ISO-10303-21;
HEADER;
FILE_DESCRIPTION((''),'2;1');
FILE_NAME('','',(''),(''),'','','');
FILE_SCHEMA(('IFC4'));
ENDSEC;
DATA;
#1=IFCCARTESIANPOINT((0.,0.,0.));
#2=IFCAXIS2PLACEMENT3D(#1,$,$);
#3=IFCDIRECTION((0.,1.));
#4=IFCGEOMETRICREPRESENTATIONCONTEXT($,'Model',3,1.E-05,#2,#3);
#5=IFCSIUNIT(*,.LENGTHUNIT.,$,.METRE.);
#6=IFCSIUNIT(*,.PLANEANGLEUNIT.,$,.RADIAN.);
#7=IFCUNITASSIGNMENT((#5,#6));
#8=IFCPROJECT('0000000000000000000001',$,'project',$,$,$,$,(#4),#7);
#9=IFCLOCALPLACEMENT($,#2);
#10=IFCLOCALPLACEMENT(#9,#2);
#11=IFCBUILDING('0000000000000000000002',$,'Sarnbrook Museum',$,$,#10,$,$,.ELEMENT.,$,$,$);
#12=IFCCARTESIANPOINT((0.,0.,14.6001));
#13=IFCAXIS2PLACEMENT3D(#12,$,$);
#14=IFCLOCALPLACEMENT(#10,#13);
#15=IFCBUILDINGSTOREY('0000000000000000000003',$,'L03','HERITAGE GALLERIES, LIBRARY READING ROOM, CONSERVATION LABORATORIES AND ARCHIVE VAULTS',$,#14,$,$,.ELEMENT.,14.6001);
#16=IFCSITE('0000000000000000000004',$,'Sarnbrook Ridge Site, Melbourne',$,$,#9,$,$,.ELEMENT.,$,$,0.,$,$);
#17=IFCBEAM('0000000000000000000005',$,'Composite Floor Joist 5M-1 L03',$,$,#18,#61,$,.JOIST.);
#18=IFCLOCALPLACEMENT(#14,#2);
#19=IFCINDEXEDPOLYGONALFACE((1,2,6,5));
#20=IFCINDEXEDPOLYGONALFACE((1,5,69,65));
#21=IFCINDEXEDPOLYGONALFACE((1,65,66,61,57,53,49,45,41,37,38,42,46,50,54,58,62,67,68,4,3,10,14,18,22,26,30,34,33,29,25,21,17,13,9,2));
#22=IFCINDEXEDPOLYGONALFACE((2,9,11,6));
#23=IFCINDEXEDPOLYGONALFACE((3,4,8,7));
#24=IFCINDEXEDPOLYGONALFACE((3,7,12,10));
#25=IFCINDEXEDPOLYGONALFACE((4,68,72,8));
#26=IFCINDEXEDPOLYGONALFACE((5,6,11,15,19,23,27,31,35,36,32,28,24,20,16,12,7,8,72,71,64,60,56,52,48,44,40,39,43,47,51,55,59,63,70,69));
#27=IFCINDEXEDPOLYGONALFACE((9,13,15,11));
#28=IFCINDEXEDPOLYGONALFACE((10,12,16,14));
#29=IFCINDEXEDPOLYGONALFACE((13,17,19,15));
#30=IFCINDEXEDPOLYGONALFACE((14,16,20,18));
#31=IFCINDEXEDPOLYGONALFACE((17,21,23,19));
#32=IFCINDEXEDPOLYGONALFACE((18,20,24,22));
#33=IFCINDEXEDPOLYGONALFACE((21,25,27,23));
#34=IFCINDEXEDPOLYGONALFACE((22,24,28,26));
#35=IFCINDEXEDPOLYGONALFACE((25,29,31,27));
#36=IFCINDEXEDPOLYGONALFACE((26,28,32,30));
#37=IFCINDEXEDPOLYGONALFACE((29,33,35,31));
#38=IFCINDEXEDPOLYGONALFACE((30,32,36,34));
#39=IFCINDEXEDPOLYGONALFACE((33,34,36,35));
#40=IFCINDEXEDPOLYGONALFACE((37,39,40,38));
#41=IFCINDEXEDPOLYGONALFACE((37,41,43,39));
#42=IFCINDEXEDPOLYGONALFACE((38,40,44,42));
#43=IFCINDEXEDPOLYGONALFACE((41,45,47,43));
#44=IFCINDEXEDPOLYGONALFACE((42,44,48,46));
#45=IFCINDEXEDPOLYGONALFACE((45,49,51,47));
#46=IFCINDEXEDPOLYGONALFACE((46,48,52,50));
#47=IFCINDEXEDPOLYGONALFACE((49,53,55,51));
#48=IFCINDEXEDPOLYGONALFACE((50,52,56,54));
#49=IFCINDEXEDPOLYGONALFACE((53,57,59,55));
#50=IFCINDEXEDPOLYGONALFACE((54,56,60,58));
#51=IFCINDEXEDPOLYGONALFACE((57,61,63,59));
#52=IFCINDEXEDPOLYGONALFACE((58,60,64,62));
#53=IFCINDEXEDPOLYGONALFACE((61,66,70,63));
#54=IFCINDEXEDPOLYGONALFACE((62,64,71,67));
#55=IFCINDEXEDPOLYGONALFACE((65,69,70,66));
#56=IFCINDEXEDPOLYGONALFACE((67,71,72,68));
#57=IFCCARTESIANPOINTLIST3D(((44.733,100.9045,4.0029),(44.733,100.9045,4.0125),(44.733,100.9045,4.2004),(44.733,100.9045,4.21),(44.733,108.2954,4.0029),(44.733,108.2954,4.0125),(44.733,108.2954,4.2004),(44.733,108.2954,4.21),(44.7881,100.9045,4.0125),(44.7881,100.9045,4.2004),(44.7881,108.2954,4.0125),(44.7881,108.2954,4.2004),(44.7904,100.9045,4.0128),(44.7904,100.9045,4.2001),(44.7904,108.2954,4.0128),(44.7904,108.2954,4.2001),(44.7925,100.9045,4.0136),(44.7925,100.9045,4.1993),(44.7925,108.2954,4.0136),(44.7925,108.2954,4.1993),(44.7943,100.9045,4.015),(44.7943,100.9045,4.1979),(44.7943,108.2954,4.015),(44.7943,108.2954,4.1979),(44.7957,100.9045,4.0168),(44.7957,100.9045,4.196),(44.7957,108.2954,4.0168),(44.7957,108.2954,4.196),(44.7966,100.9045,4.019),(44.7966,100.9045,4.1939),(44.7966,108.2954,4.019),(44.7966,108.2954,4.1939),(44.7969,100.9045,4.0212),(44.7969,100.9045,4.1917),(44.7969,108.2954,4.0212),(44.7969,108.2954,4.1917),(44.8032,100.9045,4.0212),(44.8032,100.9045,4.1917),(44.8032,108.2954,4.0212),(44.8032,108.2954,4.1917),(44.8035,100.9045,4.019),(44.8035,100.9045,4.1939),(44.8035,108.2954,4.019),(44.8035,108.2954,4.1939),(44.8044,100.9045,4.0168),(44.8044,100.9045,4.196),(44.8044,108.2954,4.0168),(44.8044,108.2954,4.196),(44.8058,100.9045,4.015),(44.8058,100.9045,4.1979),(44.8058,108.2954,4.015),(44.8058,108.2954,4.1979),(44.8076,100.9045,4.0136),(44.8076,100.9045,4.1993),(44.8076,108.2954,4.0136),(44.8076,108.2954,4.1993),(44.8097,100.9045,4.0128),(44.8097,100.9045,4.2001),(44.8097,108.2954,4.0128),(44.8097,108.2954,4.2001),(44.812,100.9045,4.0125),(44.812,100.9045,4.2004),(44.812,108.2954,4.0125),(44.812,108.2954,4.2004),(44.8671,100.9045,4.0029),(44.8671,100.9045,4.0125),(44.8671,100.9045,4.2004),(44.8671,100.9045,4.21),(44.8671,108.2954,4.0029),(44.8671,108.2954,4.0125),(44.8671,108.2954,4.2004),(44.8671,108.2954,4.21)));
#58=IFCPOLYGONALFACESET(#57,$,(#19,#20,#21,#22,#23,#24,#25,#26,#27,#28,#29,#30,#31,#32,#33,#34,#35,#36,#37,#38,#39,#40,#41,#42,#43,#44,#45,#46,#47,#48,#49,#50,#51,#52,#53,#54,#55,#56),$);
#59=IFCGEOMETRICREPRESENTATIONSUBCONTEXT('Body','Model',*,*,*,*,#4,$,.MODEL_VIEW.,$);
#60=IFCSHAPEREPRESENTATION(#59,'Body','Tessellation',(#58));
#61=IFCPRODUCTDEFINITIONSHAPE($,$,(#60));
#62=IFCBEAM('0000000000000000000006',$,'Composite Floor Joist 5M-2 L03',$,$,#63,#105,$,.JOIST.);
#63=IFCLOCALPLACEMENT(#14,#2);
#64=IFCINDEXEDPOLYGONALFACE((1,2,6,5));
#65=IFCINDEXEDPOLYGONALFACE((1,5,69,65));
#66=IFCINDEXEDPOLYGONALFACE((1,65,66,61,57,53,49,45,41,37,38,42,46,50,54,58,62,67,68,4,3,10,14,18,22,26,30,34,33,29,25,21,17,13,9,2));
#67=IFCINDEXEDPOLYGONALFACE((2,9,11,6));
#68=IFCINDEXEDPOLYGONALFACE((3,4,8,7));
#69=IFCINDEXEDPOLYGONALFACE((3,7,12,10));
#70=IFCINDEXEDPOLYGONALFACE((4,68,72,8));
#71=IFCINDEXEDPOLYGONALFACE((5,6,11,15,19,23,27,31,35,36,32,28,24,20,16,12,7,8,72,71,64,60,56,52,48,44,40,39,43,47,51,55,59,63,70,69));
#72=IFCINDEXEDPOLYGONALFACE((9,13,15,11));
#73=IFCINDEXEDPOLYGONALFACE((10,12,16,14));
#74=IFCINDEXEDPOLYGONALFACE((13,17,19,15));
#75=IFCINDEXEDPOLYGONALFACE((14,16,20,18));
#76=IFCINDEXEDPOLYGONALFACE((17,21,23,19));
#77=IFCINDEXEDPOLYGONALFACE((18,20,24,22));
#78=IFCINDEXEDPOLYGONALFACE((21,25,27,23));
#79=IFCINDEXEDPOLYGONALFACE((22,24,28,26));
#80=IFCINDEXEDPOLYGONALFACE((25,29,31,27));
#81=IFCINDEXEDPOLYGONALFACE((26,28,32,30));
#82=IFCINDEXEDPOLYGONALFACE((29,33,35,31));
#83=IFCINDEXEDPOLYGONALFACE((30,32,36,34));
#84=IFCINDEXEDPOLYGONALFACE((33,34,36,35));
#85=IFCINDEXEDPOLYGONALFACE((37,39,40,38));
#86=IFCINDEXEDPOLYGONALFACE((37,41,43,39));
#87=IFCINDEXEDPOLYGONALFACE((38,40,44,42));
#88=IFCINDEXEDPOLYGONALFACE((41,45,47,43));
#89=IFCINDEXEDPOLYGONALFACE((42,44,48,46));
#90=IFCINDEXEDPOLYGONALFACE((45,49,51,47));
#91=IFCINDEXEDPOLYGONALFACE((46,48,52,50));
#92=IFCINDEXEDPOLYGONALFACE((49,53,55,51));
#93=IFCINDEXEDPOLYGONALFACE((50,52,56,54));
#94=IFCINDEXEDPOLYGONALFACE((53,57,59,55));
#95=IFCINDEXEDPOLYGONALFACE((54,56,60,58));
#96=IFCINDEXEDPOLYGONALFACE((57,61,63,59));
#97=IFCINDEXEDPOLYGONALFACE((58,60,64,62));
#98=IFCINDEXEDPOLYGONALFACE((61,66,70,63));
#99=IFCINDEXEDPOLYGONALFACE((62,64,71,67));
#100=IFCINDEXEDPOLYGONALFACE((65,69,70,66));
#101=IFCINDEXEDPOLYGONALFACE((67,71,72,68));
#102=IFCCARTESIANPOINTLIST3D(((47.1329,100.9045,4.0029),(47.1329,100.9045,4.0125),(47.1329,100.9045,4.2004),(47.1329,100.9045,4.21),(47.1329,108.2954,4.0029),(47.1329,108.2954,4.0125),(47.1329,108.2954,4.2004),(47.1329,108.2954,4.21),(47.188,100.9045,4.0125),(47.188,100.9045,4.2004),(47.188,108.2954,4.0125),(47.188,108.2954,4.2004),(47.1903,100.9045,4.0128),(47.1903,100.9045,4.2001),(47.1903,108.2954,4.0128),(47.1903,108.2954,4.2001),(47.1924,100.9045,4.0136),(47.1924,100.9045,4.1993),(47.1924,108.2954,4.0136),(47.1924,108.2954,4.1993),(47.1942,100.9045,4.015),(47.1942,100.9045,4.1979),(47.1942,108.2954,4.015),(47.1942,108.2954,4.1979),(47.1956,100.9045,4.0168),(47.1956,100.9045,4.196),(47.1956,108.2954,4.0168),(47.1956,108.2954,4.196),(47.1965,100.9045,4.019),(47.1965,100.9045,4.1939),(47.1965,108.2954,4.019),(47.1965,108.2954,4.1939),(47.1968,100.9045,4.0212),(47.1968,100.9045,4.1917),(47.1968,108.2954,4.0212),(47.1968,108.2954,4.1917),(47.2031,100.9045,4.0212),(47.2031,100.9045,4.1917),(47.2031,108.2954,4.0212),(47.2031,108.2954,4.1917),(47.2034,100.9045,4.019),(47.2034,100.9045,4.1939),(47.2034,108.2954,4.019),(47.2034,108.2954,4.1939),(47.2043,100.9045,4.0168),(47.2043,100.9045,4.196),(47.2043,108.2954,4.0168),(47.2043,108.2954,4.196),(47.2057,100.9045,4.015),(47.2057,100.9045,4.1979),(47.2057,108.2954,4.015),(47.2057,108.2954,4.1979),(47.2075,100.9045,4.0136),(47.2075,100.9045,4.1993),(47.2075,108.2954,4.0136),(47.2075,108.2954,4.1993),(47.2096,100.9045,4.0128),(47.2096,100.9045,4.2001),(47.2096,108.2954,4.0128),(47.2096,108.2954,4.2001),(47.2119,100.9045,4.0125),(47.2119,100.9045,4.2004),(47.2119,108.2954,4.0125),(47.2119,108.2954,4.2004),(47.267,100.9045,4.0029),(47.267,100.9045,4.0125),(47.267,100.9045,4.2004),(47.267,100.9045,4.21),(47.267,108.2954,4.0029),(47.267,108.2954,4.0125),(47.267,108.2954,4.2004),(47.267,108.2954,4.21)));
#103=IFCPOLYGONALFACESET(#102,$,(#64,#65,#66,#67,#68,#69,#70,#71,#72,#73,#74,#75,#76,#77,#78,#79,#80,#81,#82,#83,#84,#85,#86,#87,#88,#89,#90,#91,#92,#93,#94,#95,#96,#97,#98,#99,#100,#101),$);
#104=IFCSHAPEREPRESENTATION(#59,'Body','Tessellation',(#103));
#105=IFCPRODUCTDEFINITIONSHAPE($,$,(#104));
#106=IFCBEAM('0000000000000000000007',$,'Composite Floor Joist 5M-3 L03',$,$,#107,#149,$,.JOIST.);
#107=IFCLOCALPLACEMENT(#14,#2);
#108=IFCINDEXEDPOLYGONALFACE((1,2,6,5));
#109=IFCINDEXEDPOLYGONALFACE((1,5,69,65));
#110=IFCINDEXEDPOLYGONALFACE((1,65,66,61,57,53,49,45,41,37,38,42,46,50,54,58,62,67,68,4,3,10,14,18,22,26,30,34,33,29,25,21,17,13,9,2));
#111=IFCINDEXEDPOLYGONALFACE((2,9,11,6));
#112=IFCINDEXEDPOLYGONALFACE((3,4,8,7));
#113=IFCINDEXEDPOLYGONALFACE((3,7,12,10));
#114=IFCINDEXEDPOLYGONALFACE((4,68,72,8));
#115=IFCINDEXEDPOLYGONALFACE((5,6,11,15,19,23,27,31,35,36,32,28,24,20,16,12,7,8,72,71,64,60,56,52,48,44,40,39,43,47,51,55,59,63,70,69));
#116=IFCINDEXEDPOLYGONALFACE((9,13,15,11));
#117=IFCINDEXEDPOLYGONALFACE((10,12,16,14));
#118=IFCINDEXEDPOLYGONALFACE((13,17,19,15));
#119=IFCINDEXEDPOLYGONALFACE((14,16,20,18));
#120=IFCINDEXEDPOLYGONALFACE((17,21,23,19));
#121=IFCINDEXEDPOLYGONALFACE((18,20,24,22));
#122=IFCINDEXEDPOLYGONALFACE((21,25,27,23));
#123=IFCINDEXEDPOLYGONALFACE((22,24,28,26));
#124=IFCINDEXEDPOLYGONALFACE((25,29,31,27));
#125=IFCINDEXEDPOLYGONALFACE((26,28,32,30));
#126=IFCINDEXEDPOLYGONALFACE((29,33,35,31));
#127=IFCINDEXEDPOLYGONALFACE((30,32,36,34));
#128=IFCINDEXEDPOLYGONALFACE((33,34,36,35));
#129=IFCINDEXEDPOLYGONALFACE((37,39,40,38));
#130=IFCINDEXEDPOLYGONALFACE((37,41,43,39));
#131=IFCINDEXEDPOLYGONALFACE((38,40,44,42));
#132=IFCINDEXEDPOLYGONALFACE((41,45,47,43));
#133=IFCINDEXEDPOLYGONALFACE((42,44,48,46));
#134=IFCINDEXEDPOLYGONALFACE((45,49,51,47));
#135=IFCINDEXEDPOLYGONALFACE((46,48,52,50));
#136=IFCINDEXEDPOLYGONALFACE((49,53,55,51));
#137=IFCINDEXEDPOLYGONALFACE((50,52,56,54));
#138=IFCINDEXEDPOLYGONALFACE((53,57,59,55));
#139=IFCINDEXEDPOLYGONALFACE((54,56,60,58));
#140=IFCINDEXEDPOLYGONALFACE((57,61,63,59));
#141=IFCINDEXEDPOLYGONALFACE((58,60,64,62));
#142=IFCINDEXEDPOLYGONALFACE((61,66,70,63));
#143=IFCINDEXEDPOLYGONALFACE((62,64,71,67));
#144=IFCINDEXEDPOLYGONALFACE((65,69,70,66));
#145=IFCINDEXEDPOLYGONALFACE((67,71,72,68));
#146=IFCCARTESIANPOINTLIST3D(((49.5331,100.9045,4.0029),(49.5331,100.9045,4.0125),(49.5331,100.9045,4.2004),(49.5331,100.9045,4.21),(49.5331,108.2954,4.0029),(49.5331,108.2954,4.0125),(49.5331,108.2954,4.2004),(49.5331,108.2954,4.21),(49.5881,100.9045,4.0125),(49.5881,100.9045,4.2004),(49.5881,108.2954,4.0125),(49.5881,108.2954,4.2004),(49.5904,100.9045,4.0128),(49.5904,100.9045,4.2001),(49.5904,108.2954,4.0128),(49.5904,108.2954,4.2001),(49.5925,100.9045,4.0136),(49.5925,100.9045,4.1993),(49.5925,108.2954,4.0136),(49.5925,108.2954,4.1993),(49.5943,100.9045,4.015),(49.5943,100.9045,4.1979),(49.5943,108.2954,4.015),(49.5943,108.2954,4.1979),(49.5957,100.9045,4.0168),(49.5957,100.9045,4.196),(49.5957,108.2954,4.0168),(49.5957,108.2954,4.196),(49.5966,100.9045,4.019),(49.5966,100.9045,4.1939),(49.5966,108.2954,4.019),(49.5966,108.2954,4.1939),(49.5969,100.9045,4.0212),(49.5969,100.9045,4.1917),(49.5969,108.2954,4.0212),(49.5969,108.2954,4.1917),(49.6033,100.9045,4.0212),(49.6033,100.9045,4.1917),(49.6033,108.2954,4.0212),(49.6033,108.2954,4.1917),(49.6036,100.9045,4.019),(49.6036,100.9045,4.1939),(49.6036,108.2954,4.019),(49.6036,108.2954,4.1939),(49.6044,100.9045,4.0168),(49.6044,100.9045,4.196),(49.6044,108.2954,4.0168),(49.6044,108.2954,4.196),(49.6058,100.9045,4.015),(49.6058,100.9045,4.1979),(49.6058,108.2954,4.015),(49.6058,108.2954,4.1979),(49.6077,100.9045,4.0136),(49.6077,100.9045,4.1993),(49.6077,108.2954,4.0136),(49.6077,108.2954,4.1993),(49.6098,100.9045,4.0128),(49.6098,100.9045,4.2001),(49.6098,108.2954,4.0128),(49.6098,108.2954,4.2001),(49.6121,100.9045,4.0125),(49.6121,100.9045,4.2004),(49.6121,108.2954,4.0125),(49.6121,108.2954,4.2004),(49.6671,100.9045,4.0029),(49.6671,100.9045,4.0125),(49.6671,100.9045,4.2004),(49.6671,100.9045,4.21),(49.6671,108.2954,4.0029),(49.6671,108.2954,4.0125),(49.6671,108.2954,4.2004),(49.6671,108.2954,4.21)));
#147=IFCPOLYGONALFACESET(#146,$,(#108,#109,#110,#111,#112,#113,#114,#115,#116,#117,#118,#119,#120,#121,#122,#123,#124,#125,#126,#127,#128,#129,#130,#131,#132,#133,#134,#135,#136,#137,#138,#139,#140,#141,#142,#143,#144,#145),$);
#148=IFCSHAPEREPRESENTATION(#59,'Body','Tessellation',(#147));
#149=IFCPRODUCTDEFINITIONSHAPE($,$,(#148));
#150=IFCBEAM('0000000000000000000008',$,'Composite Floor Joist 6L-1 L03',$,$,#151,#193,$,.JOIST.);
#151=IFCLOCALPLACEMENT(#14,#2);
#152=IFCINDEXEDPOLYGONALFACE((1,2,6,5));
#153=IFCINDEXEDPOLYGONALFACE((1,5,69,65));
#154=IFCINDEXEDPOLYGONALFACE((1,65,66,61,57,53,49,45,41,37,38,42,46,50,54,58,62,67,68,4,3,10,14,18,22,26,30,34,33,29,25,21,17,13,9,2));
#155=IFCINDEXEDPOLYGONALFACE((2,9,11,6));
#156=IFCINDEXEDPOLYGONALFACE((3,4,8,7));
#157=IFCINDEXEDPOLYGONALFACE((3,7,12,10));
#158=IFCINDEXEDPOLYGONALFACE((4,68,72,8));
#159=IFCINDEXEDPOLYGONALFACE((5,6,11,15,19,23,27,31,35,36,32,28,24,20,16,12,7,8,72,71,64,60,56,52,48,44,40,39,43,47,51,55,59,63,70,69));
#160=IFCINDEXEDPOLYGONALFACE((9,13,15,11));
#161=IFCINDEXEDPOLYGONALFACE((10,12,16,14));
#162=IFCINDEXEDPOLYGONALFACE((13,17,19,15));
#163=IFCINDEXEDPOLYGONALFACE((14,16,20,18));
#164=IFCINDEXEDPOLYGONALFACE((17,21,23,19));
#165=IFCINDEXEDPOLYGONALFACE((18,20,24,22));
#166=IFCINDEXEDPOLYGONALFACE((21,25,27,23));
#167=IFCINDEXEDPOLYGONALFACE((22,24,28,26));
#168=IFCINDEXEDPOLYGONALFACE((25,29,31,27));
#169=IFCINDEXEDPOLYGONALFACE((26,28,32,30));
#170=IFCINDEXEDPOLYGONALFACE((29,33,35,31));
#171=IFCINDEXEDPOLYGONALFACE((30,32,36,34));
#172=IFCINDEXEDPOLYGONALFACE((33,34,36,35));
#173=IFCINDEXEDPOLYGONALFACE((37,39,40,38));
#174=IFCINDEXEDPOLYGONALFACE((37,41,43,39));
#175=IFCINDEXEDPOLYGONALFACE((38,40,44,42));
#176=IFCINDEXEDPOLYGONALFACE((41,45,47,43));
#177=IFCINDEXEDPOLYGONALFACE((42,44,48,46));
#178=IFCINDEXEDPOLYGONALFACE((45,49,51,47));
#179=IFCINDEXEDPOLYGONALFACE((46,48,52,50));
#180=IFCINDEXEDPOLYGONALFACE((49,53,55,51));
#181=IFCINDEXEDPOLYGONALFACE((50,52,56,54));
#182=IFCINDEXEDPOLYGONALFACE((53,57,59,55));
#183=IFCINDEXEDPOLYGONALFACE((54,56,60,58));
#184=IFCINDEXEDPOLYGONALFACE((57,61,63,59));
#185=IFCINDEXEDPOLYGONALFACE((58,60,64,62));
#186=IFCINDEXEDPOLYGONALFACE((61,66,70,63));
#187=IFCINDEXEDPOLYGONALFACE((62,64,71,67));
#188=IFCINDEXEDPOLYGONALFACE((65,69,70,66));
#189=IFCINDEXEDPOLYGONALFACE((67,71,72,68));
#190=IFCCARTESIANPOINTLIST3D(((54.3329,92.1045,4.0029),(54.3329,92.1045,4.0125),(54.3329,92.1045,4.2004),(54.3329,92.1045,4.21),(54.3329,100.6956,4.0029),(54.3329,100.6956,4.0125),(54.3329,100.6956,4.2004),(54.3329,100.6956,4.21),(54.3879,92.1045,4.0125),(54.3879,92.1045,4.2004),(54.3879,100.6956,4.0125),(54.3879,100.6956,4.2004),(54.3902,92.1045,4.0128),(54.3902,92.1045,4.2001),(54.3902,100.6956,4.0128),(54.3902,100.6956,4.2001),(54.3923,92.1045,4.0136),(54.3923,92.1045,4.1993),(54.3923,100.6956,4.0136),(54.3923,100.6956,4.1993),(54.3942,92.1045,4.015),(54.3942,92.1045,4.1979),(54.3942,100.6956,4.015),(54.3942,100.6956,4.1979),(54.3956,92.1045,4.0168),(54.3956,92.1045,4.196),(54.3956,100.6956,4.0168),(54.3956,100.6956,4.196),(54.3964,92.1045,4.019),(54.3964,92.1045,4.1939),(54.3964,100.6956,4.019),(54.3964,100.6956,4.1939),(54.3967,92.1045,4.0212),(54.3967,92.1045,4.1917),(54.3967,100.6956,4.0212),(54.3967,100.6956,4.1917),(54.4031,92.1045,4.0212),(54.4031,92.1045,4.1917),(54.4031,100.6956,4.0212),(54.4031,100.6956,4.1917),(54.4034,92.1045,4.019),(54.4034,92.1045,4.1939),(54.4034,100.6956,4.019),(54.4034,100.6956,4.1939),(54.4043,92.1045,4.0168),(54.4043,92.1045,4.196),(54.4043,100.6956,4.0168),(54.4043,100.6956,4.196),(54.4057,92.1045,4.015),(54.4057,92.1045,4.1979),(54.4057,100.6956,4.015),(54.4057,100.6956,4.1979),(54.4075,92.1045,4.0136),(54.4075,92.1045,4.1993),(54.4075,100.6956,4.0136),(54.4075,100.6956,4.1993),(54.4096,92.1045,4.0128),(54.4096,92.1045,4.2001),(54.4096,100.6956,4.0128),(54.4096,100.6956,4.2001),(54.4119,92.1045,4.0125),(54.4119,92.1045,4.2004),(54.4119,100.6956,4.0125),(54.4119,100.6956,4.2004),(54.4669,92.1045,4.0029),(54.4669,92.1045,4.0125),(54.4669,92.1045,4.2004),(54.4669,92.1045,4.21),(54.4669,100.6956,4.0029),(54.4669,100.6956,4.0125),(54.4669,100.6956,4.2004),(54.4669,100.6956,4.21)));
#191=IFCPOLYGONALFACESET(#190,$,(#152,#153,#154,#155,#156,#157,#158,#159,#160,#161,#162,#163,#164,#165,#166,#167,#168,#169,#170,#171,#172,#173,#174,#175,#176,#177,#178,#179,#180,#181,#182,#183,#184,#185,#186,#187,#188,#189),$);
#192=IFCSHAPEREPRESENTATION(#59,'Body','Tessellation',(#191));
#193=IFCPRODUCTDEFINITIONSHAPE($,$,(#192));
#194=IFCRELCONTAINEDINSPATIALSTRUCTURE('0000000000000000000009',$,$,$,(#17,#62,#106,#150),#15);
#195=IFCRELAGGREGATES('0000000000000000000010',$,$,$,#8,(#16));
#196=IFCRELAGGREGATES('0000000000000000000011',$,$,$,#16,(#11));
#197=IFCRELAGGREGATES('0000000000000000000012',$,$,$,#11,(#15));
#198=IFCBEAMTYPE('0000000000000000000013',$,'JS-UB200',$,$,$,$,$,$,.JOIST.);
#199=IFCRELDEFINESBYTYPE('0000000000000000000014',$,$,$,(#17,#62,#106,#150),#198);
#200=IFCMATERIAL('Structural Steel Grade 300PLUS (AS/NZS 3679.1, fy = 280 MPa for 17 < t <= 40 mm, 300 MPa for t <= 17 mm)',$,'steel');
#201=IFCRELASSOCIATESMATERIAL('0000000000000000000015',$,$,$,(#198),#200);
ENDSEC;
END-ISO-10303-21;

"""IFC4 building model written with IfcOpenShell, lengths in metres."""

from ifc_helpers import new_model, si_unit, direction, frame, origin, origin_2d, place, context, subcontext, project, spatial, i_section, extrude, material, material_profile, profile_set, type_object, element, save


model = new_model("IFC4")

# Units and contexts
model_context = context("Model", 3, precision=1e-05, world=origin(), true_north=direction((0.0, 1.0)))
body_context = subcontext(model_context, "Body", "Model", "MODEL_VIEW")
ifc_project = project(units=[si_unit("LENGTHUNIT", "METRE"), si_unit("PLANEANGLEUNIT", "RADIAN")], contexts=[model_context])

# Site, building, storey
site_placement = place(None, origin())
site = spatial("IfcSite", under=ifc_project, at=site_placement, Name="Sarnbrook Ridge Site, Melbourne", CompositionType="ELEMENT", RefElevation=0.0)
building_placement = place(site_placement, origin())
building = spatial("IfcBuilding", under=site, at=building_placement, Name="Sarnbrook Museum", CompositionType="ELEMENT")
storey_placement = place(building_placement, frame((0.0, 0.0, 14.6001)))
storey = spatial("IfcBuildingStorey", under=building, at=storey_placement, Name="L03", Description="HERITAGE GALLERIES, LIBRARY READING ROOM, CONSERVATION LABORATORIES AND ARCHIVE VAULTS", CompositionType="ELEMENT", Elevation=14.6001)

# Shared definitions
ifc_material_1 = material(Name="Structural Steel Grade 300PLUS (AS/NZS 3679.1, fy = 280 MPa for 17 < t <= 40 mm, 300 MPa for t <= 17 mm)", Category="steel")

# Beams
ifc_material_profile_1 = material_profile(ifc_material_1, i_section(OverallWidth=0.134, OverallDepth=0.207, WebThickness=0.0063, FlangeThickness=0.0095, FilletRadius=0.0088, at=origin_2d()), Name="200UB29.8")
ifc_profile_set_1 = profile_set([ifc_material_profile_1], Name="Structural Steel Grade 300PLUS (AS/NZS 3679.1, fy = 280 MPa for 17 < t <= 40 mm, 300 MPa for t <= 17 mm)")
beam_type_1 = type_object("IfcBeamType", Name="JS-UB200", PredefinedType="JOIST", material=ifc_profile_set_1)
for number, where, z_axis, x_axis, name in (
    (1, (44.8, 100.9045, 4.1064), (0.0, 1.0, 0.0), (-1.0, 0.0, 0.0), "Composite Floor Joist 5M-1 L03"),
    (2, (47.2, 100.9045, 4.1064), (0.0, 1.0, 0.0), (-1.0, 0.0, 0.0), "Composite Floor Joist 5M-2 L03"),
    (3, (49.6001, 100.9045, 4.1064), (0.0, 1.0, 0.0), (-1.0, 0.0, 0.0), "Composite Floor Joist 5M-3 L03"),
):
    element("IfcBeam", number, at=place(storey_placement, frame(where, z_axis=z_axis, x_axis=x_axis)), inside=storey, type_object=beam_type_1, Name=name, PredefinedType="JOIST", context=body_context, shape_type="SweptSolid", body=[
        extrude(i_section(OverallWidth=0.134, OverallDepth=0.207, WebThickness=0.0063, FlangeThickness=0.0095, FilletRadius=0.0088, at=origin_2d()), origin(), (0.0, 0.0, 1.0), 7.3909),
    ])
for number, where, z_axis, x_axis, name in (
    (4, (54.3999, 92.1045, 4.1064), (0.0, 1.0, 0.0), (-1.0, 0.0, 0.0), "Composite Floor Joist 6L-1 L03"),
):
    element("IfcBeam", number, at=place(storey_placement, frame(where, z_axis=z_axis, x_axis=x_axis)), inside=storey, type_object=beam_type_1, Name=name, PredefinedType="JOIST", context=body_context, shape_type="SweptSolid", body=[
        extrude(i_section(OverallWidth=0.134, OverallDepth=0.207, WebThickness=0.0063, FlangeThickness=0.0095, FilletRadius=0.0088, at=origin_2d()), origin(), (0.0, 0.0, 1.0), 8.5911),
    ])

save(model, "model.ifc")
